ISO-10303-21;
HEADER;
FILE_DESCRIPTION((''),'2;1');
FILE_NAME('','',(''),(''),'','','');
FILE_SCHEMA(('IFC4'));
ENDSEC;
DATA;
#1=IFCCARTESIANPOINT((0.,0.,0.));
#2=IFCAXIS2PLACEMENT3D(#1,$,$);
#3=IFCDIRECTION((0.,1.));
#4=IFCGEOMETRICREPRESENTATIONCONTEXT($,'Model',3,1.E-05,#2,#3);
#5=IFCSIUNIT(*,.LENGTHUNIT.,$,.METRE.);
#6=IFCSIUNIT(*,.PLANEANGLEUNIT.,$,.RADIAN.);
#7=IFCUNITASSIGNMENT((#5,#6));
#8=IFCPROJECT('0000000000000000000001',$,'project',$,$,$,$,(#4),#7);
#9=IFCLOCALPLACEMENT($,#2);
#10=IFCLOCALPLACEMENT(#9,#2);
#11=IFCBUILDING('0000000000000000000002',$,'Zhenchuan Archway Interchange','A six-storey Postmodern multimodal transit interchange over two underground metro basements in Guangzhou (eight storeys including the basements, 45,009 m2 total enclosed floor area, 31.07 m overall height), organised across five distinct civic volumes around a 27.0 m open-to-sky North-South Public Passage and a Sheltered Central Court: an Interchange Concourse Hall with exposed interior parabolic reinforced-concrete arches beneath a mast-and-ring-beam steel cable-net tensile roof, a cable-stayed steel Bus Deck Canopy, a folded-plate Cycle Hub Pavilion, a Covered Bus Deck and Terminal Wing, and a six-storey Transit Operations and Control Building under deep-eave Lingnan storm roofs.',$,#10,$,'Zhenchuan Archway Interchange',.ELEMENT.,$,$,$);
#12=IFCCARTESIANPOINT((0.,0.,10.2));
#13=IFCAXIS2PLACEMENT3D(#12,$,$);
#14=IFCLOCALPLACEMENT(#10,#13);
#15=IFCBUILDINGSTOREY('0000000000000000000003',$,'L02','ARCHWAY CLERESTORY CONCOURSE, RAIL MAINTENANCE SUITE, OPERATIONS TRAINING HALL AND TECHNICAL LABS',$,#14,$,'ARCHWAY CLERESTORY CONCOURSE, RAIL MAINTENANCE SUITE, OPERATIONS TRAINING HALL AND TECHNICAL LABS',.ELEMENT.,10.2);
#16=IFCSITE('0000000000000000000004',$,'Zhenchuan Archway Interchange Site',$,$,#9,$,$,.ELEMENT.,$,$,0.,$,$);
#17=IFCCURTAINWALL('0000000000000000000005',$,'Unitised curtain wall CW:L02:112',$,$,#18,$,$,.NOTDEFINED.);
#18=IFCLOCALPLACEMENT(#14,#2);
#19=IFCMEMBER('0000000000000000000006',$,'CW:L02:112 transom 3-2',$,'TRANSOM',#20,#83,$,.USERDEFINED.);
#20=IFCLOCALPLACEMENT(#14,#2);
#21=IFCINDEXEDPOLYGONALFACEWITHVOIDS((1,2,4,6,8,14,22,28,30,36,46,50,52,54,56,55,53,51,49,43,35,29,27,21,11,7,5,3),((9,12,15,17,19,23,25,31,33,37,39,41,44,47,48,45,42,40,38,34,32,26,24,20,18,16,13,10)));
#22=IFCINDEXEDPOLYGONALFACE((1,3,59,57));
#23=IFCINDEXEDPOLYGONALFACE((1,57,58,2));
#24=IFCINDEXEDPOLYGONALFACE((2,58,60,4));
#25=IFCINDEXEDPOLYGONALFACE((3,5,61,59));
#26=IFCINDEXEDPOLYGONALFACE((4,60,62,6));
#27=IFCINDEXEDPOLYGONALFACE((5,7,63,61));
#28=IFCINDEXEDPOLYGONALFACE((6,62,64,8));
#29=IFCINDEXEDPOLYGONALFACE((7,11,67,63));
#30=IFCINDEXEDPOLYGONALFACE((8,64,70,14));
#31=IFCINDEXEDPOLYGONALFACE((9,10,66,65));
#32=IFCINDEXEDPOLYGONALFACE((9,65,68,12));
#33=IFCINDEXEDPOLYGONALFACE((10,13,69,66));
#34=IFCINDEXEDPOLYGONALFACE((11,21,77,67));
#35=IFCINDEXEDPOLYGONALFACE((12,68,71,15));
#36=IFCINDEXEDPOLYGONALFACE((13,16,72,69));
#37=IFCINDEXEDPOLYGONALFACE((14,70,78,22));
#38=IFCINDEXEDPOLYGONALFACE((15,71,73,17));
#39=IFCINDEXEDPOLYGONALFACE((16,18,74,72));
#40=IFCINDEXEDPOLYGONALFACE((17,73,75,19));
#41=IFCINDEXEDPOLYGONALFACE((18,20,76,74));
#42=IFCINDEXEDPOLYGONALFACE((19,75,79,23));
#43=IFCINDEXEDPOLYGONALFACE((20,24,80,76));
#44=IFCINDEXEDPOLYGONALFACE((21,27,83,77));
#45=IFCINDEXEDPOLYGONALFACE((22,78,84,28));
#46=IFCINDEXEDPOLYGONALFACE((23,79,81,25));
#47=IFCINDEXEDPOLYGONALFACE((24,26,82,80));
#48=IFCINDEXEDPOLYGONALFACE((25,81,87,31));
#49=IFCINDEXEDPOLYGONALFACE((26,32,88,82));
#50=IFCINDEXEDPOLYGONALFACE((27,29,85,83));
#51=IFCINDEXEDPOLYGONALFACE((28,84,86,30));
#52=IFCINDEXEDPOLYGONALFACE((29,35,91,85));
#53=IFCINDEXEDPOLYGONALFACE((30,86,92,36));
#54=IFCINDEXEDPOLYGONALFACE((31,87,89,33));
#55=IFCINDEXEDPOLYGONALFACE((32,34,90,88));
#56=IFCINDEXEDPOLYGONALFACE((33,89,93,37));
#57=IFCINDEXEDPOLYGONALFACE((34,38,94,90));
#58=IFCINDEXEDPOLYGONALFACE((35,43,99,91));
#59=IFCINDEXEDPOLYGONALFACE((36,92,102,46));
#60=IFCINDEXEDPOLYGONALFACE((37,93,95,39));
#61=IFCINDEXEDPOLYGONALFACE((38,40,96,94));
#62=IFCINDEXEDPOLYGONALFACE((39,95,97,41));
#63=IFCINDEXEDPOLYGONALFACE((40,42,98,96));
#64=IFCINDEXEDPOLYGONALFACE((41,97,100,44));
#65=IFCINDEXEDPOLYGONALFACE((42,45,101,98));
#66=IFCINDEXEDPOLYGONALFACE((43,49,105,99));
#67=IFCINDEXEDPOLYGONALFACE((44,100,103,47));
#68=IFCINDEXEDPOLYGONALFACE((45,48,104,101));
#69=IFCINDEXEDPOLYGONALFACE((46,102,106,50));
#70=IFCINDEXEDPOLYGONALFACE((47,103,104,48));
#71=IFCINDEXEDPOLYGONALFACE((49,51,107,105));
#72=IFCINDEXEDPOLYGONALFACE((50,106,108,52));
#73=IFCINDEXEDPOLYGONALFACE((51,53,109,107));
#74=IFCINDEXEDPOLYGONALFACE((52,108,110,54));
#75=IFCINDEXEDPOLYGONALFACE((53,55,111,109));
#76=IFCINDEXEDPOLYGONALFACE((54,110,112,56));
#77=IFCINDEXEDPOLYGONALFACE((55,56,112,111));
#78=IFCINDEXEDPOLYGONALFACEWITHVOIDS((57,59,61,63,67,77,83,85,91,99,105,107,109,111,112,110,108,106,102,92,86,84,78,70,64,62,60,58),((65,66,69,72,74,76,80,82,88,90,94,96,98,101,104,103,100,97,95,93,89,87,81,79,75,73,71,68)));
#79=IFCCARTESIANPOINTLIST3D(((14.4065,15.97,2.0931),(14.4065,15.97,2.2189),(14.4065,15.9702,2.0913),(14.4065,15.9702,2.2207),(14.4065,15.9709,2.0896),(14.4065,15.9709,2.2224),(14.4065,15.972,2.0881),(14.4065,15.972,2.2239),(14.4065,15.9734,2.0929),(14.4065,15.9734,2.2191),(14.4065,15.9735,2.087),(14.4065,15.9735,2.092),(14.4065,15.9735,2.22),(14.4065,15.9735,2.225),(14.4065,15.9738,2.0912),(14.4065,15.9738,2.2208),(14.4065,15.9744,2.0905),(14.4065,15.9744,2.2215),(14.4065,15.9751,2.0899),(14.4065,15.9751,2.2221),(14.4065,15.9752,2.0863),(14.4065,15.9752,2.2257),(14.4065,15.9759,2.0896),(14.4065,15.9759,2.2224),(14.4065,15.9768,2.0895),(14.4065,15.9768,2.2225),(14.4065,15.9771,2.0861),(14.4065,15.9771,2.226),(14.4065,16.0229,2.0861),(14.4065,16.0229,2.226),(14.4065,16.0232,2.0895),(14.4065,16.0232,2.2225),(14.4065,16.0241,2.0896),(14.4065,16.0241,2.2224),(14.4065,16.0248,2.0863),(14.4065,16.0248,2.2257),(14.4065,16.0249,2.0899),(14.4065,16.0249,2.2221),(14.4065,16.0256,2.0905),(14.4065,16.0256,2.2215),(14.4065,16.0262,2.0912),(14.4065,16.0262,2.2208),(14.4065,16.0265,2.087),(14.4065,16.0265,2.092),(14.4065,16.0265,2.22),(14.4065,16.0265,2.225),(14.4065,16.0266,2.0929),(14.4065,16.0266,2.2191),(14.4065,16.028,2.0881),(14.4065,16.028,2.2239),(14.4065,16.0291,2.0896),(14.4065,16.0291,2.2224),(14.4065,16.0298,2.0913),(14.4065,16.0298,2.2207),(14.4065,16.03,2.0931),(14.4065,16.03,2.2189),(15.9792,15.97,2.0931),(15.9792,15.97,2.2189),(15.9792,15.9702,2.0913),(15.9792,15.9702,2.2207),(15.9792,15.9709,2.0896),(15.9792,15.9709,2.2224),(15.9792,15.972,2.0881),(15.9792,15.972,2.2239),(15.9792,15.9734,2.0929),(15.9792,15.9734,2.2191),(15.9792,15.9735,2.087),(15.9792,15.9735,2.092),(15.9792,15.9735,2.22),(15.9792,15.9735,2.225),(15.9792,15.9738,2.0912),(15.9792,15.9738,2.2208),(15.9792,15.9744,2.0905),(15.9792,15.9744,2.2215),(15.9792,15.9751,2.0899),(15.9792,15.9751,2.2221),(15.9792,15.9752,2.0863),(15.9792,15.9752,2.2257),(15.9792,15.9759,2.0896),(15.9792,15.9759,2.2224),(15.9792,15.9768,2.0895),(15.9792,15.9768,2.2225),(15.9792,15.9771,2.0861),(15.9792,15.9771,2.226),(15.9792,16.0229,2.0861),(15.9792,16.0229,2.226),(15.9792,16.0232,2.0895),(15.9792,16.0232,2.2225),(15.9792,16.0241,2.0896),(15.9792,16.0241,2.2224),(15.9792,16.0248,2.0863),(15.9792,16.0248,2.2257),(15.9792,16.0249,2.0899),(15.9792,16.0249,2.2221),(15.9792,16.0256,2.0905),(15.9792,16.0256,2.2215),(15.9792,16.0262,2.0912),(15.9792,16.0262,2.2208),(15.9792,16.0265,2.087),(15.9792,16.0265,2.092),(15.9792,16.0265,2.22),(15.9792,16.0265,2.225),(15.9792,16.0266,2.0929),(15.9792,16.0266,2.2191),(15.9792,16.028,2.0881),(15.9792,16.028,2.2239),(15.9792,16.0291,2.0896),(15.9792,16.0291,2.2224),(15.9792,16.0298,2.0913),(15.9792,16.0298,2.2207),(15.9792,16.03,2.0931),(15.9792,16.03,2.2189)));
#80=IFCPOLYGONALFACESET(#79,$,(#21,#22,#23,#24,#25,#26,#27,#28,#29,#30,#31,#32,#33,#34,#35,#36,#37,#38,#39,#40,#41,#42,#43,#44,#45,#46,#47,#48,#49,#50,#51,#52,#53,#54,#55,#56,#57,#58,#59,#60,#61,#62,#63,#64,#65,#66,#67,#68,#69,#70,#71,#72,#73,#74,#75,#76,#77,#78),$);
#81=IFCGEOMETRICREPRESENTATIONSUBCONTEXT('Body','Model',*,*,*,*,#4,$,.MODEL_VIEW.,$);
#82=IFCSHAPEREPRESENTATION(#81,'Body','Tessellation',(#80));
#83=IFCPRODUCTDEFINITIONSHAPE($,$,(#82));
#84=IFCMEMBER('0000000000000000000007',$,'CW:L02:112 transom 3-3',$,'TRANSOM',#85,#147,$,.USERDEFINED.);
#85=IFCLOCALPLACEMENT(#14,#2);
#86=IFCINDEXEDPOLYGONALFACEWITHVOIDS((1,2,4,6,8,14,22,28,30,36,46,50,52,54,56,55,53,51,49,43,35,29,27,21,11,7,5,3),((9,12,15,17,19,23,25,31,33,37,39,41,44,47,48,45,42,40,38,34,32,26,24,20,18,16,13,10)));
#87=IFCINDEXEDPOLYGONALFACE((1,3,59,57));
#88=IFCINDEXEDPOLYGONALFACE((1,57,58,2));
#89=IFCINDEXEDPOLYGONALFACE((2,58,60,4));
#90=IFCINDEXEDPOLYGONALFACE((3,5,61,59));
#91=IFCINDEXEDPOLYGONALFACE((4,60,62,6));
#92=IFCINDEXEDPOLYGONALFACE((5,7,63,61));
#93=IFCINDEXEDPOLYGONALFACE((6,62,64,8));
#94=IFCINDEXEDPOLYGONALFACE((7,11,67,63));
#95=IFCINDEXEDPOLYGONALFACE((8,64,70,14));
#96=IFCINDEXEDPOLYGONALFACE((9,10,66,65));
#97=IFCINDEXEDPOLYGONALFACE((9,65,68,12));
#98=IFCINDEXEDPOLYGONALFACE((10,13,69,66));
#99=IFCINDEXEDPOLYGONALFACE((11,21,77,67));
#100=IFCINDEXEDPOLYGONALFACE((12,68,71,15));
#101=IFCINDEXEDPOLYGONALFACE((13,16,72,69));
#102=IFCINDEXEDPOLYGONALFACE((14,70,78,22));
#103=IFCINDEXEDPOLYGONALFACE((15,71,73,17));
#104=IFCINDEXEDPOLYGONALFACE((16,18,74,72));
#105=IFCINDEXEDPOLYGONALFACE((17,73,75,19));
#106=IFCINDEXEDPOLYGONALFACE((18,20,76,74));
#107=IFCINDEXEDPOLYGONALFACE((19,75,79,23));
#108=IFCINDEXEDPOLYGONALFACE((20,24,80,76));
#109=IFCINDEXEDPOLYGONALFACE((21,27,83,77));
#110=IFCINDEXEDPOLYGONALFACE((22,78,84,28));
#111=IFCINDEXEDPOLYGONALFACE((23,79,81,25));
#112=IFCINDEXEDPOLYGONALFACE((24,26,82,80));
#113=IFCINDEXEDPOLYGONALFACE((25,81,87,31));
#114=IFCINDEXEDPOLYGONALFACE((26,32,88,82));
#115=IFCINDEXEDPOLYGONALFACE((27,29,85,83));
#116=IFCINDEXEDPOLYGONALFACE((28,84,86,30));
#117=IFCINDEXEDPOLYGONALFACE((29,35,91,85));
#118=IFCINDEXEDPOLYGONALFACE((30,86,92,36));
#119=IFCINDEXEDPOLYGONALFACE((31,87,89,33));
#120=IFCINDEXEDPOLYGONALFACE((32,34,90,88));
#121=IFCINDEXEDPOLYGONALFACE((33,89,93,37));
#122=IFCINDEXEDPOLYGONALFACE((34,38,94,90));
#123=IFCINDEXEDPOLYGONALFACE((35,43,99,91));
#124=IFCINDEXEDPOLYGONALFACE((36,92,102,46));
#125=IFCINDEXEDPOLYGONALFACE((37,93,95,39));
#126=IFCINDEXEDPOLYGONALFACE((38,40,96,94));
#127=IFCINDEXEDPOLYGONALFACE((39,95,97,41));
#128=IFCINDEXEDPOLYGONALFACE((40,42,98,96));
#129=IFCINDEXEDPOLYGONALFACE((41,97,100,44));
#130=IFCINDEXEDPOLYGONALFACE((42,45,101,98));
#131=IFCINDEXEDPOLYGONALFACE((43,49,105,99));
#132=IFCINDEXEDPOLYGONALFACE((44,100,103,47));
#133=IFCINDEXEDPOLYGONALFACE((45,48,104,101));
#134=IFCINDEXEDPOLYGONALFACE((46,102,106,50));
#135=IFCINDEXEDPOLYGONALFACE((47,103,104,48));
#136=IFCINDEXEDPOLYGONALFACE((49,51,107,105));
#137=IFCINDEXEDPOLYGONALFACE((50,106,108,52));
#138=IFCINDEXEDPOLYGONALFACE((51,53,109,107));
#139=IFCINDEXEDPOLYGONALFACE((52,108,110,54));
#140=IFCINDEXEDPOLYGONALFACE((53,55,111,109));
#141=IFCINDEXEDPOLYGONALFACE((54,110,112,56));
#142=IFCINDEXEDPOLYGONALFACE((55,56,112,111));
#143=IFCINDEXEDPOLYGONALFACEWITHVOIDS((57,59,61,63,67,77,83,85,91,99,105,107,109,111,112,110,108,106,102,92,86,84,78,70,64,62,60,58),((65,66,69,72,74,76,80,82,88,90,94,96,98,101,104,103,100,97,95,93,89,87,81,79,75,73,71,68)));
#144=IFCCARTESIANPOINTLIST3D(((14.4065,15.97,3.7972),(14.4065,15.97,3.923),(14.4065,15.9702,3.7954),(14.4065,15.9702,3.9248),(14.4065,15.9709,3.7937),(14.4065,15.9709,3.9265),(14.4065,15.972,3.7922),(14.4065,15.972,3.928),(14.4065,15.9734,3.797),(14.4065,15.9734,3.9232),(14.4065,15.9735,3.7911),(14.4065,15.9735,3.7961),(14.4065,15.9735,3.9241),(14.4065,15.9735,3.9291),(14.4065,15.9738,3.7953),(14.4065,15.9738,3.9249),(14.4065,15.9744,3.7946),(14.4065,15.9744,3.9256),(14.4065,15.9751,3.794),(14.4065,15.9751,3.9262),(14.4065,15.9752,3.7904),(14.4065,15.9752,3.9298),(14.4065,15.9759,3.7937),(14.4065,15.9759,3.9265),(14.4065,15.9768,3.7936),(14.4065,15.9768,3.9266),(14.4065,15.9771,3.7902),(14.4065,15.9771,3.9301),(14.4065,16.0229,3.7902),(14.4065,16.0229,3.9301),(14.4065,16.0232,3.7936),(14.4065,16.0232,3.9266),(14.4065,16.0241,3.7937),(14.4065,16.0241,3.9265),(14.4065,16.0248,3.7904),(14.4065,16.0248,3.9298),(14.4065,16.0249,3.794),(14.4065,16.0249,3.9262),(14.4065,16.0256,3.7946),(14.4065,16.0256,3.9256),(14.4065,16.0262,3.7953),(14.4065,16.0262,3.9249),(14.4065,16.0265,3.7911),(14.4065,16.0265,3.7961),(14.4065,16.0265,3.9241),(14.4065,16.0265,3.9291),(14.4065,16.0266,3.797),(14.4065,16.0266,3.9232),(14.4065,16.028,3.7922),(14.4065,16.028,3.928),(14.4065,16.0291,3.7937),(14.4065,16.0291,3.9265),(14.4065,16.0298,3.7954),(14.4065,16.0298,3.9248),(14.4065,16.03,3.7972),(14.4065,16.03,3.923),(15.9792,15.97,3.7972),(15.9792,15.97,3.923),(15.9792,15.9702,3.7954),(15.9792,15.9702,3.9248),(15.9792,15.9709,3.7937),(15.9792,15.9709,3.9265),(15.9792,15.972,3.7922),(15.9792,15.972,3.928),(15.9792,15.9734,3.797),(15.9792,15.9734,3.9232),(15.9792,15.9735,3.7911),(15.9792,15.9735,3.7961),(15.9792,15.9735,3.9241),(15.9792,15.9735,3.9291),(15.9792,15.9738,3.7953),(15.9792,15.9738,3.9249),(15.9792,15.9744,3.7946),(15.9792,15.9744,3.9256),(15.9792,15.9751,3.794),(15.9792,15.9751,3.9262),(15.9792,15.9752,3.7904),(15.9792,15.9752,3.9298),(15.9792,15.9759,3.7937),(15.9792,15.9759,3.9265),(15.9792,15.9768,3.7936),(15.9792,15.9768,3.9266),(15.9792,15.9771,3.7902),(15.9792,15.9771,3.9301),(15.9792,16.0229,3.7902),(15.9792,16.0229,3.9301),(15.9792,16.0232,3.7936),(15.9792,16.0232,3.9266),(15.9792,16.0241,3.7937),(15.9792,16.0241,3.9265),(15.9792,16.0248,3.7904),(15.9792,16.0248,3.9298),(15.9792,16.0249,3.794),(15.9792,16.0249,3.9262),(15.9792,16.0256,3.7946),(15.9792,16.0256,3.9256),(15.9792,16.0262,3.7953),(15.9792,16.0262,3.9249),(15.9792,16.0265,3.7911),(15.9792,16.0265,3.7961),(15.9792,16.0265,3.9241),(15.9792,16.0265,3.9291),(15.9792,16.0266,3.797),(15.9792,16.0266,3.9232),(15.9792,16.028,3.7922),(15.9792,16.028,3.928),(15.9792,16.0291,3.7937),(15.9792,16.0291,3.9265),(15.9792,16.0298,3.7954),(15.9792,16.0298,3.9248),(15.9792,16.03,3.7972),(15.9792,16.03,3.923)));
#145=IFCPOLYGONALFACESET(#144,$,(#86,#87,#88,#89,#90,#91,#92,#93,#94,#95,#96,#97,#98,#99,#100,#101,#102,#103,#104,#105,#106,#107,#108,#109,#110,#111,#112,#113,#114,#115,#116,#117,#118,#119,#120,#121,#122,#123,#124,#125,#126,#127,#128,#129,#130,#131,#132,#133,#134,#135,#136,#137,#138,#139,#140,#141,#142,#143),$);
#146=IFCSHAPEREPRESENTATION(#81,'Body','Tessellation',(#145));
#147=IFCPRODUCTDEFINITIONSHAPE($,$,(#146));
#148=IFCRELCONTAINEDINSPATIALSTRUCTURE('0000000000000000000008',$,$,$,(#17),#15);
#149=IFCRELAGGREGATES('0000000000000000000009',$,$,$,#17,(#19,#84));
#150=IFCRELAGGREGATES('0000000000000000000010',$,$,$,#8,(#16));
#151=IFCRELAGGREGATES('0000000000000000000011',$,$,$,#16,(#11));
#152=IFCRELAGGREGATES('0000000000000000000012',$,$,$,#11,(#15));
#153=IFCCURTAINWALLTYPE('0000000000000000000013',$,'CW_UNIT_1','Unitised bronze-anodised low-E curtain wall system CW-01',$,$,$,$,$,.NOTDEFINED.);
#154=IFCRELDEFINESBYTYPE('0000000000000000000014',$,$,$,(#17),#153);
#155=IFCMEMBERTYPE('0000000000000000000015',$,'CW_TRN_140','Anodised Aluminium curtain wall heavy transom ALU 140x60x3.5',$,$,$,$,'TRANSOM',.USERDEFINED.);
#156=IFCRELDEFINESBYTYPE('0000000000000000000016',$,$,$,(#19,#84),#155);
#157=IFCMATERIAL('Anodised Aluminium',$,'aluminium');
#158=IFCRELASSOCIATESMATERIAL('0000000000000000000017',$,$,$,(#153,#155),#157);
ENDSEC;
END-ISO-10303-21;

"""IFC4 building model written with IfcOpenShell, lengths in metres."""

from ifc_helpers import new_model, si_unit, direction, frame, origin, origin_2d, place, context, subcontext, project, spatial, hollow_rectangle, extrude, material, material_profile, profile_set, type_object, element, aggregate, save


model = new_model("IFC4")

# Units and contexts
model_context = context("Model", 3, precision=1e-05, world=origin(), true_north=direction((0.0, 1.0)))
body_context = subcontext(model_context, "Body", "Model", "MODEL_VIEW")
ifc_project = project(units=[si_unit("LENGTHUNIT", "METRE"), si_unit("PLANEANGLEUNIT", "RADIAN")], contexts=[model_context])

# Site, building, storey
site_placement = place(None, origin())
site = spatial("IfcSite", under=ifc_project, at=site_placement, Name="Zhenchuan Archway Interchange Site", CompositionType="ELEMENT", RefElevation=0.0)
building_placement = place(site_placement, origin())
building = spatial("IfcBuilding", under=site, at=building_placement, Name="Zhenchuan Archway Interchange", Description="A six-storey Postmodern multimodal transit interchange over two underground metro basements in Guangzhou (eight storeys including the basements, 45,009 m2 total enclosed floor area, 31.07 m overall height), organised across five distinct civic volumes around a 27.0 m open-to-sky North-South Public Passage and a Sheltered Central Court: an Interchange Concourse Hall with exposed interior parabolic reinforced-concrete arches beneath a mast-and-ring-beam steel cable-net tensile roof, a cable-stayed steel Bus Deck Canopy, a folded-plate Cycle Hub Pavilion, a Covered Bus Deck and Terminal Wing, and a six-storey Transit Operations and Control Building under deep-eave Lingnan storm roofs.", LongName="Zhenchuan Archway Interchange", CompositionType="ELEMENT")
storey_placement = place(building_placement, frame((0.0, 0.0, 10.2)))
storey = spatial("IfcBuildingStorey", under=building, at=storey_placement, Name="L02", Description="ARCHWAY CLERESTORY CONCOURSE, RAIL MAINTENANCE SUITE, OPERATIONS TRAINING HALL AND TECHNICAL LABS", LongName="ARCHWAY CLERESTORY CONCOURSE, RAIL MAINTENANCE SUITE, OPERATIONS TRAINING HALL AND TECHNICAL LABS", CompositionType="ELEMENT", Elevation=10.2)

# Curtain wall, members
ifc_material_1 = material(Name="Anodised Aluminium", Category="aluminium")
curtain_wall_type = type_object("IfcCurtainWallType", Name="CW_UNIT_1", Description="Unitised bronze-anodised low-E curtain wall system CW-01", PredefinedType="NOTDEFINED", material=ifc_material_1)
curtain_wall_placement = place(storey_placement, origin())
curtain_wall = element("IfcCurtainWall", 1, at=curtain_wall_placement, inside=storey, type_object=curtain_wall_type, Name="Unitised curtain wall CW:L02:112", PredefinedType="NOTDEFINED")
ifc_material_profile_1 = material_profile(ifc_material_1, hollow_rectangle(XDim=0.0601, YDim=0.1399, WallThickness=0.0034, InnerFilletRadius=0.0034, OuterFilletRadius=0.0071, at=origin_2d()), Name="ALU 140x60x3.5")
ifc_profile_set_1 = profile_set([ifc_material_profile_1], Name="Anodised Aluminium")
member_type_1 = type_object("IfcMemberType", Name="CW_TRN_140", Description="Anodised Aluminium curtain wall heavy transom ALU 140x60x3.5", ElementType="TRANSOM", PredefinedType="USERDEFINED", material=ifc_profile_set_1)
member_1_placement = place(storey_placement, frame((14.4065, 16.0, 2.156), z_axis=(1.0, 0.0, 0.0), x_axis=(0.0, 1.0, 0.0)))
member_1 = element("IfcMember", 2, at=member_1_placement, type_object=member_type_1, Name="CW:L02:112 transom 3-2", ObjectType="TRANSOM", PredefinedType="USERDEFINED", context=body_context, shape_type="SweptSolid", body=[
    extrude(hollow_rectangle(XDim=0.0601, YDim=0.1399, WallThickness=0.0034, InnerFilletRadius=0.0034, OuterFilletRadius=0.0071, at=origin_2d()), origin(), (0.0, 0.0, 1.0), 1.5728),
])
member_2_placement = place(storey_placement, frame((14.4065, 16.0, 3.8601), z_axis=(1.0, 0.0, 0.0), x_axis=(0.0, 1.0, 0.0)))
member_2 = element("IfcMember", 3, at=member_2_placement, type_object=member_type_1, Name="CW:L02:112 transom 3-3", ObjectType="TRANSOM", PredefinedType="USERDEFINED", context=body_context, shape_type="SweptSolid", body=[
    extrude(hollow_rectangle(XDim=0.0601, YDim=0.1399, WallThickness=0.0034, InnerFilletRadius=0.0034, OuterFilletRadius=0.0071, at=origin_2d()), origin(), (0.0, 0.0, 1.0), 1.5728),
])
aggregate(curtain_wall, [member_1, member_2])

save(model, "model.ifc")
